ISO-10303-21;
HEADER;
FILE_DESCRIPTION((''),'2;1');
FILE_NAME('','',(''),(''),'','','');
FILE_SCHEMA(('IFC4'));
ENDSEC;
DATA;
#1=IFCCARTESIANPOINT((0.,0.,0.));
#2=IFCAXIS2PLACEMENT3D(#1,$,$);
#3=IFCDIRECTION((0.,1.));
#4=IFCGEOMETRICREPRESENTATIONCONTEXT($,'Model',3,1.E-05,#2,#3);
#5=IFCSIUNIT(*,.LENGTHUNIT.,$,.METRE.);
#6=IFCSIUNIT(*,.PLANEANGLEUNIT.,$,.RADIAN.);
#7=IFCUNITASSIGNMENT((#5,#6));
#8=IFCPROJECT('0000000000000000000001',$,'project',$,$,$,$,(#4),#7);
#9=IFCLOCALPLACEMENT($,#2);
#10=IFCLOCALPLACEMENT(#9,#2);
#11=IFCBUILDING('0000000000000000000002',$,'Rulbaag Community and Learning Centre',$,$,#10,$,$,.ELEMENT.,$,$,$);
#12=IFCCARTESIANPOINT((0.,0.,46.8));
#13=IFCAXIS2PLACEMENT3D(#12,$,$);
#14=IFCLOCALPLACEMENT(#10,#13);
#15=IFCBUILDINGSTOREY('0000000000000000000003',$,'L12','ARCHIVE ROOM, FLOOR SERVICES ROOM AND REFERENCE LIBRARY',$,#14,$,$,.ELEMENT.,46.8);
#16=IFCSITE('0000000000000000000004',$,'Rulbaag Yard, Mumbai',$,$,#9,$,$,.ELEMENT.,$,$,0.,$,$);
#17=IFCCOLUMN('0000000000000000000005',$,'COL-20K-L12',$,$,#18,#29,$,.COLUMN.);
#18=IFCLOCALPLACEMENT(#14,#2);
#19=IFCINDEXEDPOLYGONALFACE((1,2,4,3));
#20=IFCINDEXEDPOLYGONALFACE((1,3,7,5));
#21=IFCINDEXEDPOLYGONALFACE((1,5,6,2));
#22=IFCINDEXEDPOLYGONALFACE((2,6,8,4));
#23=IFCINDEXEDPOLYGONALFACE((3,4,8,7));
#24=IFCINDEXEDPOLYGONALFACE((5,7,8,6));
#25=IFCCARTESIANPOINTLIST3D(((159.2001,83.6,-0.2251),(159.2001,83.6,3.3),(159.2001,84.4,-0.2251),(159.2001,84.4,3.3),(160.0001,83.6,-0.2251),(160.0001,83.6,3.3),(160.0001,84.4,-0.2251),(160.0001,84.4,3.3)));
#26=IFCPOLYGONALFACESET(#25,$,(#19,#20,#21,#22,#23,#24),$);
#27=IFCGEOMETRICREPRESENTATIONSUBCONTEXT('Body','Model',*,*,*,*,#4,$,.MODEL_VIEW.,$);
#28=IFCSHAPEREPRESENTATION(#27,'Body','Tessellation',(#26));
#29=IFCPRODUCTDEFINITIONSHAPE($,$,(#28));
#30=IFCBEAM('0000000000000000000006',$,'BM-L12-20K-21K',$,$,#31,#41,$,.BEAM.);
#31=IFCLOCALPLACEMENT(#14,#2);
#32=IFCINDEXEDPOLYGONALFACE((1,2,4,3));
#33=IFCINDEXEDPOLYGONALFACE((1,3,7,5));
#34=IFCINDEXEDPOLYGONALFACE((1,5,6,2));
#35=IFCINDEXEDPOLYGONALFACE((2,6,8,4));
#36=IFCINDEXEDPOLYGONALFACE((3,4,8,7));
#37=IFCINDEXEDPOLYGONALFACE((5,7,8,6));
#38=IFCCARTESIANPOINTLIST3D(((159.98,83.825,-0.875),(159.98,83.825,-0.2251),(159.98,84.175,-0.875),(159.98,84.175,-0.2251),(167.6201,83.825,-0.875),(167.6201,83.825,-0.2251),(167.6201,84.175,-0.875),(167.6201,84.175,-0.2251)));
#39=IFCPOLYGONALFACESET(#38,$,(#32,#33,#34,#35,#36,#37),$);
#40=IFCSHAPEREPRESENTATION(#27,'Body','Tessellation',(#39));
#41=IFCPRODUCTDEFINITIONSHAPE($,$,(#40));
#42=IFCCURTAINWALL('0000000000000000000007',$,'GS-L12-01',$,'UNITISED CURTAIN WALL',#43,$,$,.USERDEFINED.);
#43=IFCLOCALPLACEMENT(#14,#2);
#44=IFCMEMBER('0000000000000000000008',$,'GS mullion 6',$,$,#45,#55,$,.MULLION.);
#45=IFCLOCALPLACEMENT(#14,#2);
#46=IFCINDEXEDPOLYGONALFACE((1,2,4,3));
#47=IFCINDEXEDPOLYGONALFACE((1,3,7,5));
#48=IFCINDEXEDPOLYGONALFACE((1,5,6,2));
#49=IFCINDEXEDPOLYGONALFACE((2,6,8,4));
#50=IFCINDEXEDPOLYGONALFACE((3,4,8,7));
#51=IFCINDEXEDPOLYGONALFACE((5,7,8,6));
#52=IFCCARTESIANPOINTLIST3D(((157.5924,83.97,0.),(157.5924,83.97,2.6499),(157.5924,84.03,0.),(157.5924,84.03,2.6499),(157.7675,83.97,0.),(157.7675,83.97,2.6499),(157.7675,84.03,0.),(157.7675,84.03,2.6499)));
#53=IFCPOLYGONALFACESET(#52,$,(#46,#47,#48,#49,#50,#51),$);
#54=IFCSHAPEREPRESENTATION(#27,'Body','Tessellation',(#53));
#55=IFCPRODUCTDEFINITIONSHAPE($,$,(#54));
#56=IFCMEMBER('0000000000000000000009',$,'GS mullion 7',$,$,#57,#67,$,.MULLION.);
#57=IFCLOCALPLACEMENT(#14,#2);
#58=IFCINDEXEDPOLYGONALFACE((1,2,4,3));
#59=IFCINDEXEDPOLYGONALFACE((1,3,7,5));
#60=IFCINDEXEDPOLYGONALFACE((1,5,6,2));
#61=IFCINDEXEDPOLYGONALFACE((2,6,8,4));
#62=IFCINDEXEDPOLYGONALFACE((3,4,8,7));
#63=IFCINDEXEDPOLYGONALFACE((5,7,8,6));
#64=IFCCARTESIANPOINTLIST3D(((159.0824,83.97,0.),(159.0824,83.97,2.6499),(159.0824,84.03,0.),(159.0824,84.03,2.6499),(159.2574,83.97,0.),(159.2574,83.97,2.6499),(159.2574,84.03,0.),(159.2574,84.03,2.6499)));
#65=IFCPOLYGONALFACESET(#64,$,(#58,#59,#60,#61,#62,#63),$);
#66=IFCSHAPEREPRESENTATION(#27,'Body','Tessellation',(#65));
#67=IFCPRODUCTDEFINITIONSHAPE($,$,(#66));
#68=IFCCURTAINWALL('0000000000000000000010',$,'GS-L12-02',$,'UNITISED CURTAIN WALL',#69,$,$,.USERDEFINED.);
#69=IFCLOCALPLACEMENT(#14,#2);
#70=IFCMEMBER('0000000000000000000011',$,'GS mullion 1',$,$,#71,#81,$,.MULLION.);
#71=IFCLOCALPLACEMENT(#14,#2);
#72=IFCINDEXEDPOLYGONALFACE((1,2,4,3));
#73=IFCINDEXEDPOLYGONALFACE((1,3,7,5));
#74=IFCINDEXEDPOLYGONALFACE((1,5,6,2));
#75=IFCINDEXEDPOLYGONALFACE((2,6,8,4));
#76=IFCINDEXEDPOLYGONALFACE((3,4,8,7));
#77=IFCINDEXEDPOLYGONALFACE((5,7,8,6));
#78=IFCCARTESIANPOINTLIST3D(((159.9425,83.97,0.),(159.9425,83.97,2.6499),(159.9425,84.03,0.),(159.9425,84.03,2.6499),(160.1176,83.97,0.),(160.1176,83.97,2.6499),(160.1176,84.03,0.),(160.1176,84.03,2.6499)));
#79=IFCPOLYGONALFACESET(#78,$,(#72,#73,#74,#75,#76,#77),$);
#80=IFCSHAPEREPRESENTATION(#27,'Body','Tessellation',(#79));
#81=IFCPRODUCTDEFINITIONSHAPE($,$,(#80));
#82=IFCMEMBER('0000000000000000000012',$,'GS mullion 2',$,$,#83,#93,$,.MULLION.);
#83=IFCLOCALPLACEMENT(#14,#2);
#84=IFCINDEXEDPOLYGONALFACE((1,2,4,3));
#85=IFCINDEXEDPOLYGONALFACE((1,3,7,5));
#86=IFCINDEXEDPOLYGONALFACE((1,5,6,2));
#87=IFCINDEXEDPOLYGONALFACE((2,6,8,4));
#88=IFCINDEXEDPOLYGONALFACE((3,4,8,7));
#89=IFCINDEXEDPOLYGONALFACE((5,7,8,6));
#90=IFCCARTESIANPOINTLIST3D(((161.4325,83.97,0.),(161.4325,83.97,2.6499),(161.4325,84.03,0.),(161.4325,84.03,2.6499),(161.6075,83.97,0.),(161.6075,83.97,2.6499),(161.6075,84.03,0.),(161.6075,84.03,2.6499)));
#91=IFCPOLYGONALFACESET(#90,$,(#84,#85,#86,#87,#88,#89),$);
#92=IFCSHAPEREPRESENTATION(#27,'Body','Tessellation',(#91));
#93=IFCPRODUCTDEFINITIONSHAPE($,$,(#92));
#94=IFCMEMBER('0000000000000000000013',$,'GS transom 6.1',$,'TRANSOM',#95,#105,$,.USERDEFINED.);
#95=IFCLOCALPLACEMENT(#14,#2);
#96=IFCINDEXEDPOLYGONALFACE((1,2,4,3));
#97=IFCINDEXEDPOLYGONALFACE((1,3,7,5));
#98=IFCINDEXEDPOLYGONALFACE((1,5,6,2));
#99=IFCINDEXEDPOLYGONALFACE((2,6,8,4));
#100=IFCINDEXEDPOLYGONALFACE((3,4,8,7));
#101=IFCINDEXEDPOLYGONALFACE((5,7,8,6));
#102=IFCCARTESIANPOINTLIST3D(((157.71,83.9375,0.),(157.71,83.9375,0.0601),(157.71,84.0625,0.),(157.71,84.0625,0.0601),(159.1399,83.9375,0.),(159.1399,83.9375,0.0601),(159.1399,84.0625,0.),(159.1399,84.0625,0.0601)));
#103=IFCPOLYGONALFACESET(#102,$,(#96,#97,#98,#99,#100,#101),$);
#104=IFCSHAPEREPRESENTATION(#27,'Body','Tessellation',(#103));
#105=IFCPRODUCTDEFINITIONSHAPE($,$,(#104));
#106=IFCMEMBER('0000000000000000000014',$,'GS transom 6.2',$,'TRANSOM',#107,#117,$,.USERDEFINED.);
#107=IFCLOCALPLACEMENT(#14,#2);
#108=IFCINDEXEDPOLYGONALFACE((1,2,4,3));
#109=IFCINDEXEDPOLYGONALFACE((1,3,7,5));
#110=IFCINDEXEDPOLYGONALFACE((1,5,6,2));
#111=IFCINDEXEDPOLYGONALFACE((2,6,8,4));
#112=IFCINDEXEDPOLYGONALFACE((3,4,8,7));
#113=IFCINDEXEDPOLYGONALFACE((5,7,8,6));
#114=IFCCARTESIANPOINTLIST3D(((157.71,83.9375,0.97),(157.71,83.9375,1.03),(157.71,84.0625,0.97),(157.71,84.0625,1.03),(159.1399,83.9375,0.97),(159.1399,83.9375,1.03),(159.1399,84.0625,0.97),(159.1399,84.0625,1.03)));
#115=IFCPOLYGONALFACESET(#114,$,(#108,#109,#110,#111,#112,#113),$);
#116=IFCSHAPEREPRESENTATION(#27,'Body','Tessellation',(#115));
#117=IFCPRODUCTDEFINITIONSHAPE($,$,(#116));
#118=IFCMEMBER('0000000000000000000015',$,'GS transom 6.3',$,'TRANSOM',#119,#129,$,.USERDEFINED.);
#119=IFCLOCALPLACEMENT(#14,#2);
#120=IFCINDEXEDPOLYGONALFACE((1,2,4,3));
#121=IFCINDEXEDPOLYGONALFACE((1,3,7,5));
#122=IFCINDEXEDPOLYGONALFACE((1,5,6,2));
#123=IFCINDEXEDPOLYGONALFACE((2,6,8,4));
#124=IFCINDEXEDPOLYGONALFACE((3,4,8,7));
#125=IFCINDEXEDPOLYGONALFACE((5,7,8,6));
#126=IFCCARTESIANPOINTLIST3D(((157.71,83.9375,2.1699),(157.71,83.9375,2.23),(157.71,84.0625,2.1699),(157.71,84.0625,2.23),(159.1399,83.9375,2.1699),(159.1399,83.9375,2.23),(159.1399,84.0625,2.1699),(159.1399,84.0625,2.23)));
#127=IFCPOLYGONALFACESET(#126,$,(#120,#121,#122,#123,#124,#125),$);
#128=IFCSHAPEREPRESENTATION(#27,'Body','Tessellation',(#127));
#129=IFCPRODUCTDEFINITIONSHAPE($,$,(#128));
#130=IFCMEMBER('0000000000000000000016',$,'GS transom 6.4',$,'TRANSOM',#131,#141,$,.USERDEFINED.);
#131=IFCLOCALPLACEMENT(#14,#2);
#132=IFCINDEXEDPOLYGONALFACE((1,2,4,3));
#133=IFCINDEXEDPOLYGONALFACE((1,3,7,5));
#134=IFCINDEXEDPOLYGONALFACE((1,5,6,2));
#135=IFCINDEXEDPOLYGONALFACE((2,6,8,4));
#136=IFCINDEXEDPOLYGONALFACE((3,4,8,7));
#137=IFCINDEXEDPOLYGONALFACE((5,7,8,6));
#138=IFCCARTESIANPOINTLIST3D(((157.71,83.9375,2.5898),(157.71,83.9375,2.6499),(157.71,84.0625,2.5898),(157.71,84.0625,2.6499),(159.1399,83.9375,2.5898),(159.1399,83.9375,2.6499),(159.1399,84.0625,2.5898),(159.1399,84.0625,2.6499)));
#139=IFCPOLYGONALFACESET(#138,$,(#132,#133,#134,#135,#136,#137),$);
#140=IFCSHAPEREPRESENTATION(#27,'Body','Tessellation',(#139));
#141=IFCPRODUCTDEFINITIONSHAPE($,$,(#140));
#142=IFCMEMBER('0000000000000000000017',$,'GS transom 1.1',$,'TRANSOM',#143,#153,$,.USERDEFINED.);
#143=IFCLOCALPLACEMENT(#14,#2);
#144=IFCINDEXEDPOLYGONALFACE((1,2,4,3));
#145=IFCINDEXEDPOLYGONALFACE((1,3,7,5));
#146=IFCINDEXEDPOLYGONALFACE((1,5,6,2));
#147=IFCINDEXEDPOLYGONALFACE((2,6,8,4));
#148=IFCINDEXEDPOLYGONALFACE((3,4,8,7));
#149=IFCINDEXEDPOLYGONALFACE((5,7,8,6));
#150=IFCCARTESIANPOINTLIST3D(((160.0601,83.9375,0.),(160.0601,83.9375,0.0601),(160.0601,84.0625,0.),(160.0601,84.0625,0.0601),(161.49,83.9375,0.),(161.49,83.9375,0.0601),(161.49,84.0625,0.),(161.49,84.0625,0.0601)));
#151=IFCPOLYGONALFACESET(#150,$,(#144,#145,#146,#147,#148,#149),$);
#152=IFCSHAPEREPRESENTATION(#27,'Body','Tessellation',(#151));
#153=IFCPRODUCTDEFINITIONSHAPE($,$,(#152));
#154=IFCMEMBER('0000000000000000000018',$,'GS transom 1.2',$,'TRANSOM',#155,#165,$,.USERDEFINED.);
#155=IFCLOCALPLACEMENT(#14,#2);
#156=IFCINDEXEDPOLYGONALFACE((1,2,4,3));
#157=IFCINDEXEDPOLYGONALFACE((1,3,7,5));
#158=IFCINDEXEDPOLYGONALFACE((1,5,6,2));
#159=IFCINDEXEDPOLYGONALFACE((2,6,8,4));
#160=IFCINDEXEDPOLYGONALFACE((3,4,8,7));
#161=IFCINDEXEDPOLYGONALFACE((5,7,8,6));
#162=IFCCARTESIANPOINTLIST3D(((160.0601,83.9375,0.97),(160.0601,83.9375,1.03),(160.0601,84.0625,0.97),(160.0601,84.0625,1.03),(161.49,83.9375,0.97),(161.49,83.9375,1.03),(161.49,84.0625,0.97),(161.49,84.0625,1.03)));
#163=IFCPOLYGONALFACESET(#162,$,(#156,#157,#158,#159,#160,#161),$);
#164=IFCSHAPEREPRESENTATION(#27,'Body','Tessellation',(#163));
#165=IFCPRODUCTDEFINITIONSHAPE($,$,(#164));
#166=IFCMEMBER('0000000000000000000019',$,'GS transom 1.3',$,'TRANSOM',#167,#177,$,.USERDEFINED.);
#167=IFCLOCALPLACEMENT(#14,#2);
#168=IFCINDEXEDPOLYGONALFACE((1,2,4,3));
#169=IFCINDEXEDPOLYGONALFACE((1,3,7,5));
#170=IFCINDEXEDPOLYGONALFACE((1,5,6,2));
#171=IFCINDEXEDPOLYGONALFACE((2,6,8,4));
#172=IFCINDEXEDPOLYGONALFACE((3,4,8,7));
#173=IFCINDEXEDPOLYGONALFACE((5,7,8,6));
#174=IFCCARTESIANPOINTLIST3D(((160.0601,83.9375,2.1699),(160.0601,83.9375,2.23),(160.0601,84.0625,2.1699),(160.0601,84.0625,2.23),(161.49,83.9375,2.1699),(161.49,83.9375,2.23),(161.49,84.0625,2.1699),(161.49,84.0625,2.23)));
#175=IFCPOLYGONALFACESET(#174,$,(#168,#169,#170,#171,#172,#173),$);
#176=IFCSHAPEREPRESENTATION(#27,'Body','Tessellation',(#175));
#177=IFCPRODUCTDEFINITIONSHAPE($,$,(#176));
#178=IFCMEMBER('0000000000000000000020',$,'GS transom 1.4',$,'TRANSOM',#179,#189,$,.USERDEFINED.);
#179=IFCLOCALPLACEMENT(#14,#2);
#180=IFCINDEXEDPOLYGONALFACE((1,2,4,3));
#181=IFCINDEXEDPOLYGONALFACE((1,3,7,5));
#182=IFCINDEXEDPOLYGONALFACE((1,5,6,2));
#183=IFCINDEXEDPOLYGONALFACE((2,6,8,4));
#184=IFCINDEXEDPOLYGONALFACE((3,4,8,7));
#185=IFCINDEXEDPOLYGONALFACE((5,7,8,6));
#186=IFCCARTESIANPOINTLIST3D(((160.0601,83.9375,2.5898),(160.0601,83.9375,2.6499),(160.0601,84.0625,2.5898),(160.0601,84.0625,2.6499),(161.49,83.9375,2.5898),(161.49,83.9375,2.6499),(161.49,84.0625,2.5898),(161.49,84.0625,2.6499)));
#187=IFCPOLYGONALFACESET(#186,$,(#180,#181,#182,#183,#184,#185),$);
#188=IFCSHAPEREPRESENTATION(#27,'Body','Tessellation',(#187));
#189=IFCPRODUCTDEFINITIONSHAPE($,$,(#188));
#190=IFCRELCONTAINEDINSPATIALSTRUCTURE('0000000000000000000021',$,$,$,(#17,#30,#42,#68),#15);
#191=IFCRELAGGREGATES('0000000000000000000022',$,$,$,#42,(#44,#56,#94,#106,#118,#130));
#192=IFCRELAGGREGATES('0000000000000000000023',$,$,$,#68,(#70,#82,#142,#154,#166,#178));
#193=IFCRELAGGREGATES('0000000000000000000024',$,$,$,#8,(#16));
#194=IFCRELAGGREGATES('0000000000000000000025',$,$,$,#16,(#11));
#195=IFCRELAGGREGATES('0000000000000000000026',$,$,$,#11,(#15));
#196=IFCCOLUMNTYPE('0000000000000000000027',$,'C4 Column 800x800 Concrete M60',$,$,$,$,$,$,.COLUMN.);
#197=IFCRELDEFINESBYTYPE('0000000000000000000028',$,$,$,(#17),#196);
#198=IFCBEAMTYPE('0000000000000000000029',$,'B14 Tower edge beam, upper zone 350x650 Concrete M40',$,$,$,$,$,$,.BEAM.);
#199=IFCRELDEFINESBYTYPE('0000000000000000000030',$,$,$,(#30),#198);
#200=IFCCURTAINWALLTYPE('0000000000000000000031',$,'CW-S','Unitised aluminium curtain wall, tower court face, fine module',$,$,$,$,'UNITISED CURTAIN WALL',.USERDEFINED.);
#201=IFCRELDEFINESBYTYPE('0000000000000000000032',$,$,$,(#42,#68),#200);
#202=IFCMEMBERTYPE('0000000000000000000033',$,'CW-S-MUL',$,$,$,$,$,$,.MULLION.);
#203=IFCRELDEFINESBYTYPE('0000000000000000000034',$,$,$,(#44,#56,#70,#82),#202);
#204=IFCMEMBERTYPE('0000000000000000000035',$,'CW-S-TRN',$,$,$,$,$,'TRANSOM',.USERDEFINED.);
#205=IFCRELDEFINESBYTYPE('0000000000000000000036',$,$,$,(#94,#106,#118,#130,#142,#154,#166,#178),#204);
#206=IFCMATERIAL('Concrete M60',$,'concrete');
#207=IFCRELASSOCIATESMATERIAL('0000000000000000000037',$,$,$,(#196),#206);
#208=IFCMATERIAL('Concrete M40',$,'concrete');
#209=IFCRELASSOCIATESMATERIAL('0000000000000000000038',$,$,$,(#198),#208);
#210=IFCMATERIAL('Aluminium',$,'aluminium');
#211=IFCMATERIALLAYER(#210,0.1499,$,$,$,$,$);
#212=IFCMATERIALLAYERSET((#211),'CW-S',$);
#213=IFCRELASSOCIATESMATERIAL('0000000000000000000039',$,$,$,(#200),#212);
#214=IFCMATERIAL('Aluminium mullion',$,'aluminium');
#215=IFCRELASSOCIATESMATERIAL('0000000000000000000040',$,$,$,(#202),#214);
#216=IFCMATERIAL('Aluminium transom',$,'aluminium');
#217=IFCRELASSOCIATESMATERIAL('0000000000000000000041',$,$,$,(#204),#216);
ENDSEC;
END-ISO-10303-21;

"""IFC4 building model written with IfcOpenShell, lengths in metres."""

from ifc_helpers import new_model, si_unit, direction, frame, origin, origin_2d, place, context, subcontext, project, spatial, rectangle, extrude, material, layer, layer_set, material_profile, profile_set, type_object, element, aggregate, save


model = new_model("IFC4")

# Units and contexts
model_context = context("Model", 3, precision=1e-05, world=origin(), true_north=direction((0.0, 1.0)))
body_context = subcontext(model_context, "Body", "Model", "MODEL_VIEW")
ifc_project = project(units=[si_unit("LENGTHUNIT", "METRE"), si_unit("PLANEANGLEUNIT", "RADIAN")], contexts=[model_context])

# Site, building, storey
site_placement = place(None, origin())
site = spatial("IfcSite", under=ifc_project, at=site_placement, Name="Rulbaag Yard, Mumbai", CompositionType="ELEMENT", RefElevation=0.0)
building_placement = place(site_placement, origin())
building = spatial("IfcBuilding", under=site, at=building_placement, Name="Rulbaag Community and Learning Centre", CompositionType="ELEMENT")
storey_placement = place(building_placement, frame((0.0, 0.0, 46.8)))
storey = spatial("IfcBuildingStorey", under=building, at=storey_placement, Name="L12", Description="ARCHIVE ROOM, FLOOR SERVICES ROOM AND REFERENCE LIBRARY", CompositionType="ELEMENT", Elevation=46.8)

# Column
ifc_material_1 = material(Name="Concrete M60", Category="concrete")
ifc_material_profile_1 = material_profile(ifc_material_1, rectangle(XDim=0.8, YDim=0.8, at=origin_2d()), Name="RC800x800")
ifc_profile_set_1 = profile_set([ifc_material_profile_1], Name="Concrete M60")
column_type = type_object("IfcColumnType", Name="C4 Column 800x800 Concrete M60", PredefinedType="COLUMN", material=ifc_profile_set_1)
column_placement = place(storey_placement, frame((159.6001, 84.0, -0.2251), z_axis=(0.0, 0.0, 1.0), x_axis=(1.0, 0.0, 0.0)))
element("IfcColumn", 1, at=column_placement, inside=storey, type_object=column_type, Name="COL-20K-L12", PredefinedType="COLUMN", context=body_context, shape_type="SweptSolid", body=[
    extrude(rectangle(XDim=0.8, YDim=0.8, at=origin_2d()), origin(), (0.0, 0.0, 1.0), 3.5251),
])

# Beam
ifc_material_2 = material(Name="Concrete M40", Category="concrete")
ifc_material_profile_2 = material_profile(ifc_material_2, rectangle(XDim=0.3501, YDim=0.6499, at=origin_2d()), Name="RB350x650")
ifc_profile_set_2 = profile_set([ifc_material_profile_2], Name="Concrete M40")
beam_type = type_object("IfcBeamType", Name="B14 Tower edge beam, upper zone 350x650 Concrete M40", PredefinedType="BEAM", material=ifc_profile_set_2)
beam_placement = place(storey_placement, frame((159.98, 84.0, -0.55), z_axis=(1.0, 0.0, 0.0), x_axis=(0.0, 1.0, 0.0)))
element("IfcBeam", 2, at=beam_placement, inside=storey, type_object=beam_type, Name="BM-L12-20K-21K", PredefinedType="BEAM", context=body_context, shape_type="SweptSolid", body=[
    extrude(rectangle(XDim=0.3501, YDim=0.6499, at=origin_2d()), origin(), (0.0, 0.0, 1.0), 7.6401),
])

# Curtain walls, members
ifc_material_3 = material(Name="Aluminium", Category="aluminium")
ifc_layer_1 = layer(ifc_material_3, 0.1499)
ifc_layer_set_1 = layer_set([ifc_layer_1], Name="CW-S")
curtain_wall_type = type_object("IfcCurtainWallType", Name="CW-S", Description="Unitised aluminium curtain wall, tower court face, fine module", ElementType="UNITISED CURTAIN WALL", PredefinedType="USERDEFINED", material=ifc_layer_set_1)
curtain_wall_1_placement = place(storey_placement, origin())
curtain_wall_1 = element("IfcCurtainWall", 3, at=curtain_wall_1_placement, inside=storey, type_object=curtain_wall_type, Name="GS-L12-01", ObjectType="UNITISED CURTAIN WALL", PredefinedType="USERDEFINED")
ifc_material_4 = material(Name="Aluminium mullion", Category="aluminium")
ifc_material_profile_3 = material_profile(ifc_material_4, rectangle(XDim=0.0601, YDim=0.175, at=origin_2d()), Name="AL 60x175")
ifc_profile_set_3 = profile_set([ifc_material_profile_3], Name="Aluminium mullion")
member_type_1 = type_object("IfcMemberType", Name="CW-S-MUL", PredefinedType="MULLION", material=ifc_profile_set_3)
member_1_placement = place(storey_placement, frame((157.6799, 84.0, 0.0), z_axis=(0.0, 0.0, 1.0), x_axis=(0.0, 1.0, 0.0)))
member_1 = element("IfcMember", 4, at=member_1_placement, type_object=member_type_1, Name="GS mullion 6", PredefinedType="MULLION", context=body_context, shape_type="SweptSolid", body=[
    extrude(rectangle(XDim=0.0601, YDim=0.175, at=origin_2d()), origin(), (0.0, 0.0, 1.0), 2.6499),
])
member_2_placement = place(storey_placement, frame((159.1699, 84.0, 0.0), z_axis=(0.0, 0.0, 1.0), x_axis=(0.0, 1.0, 0.0)))
member_2 = element("IfcMember", 5, at=member_2_placement, type_object=member_type_1, Name="GS mullion 7", PredefinedType="MULLION", context=body_context, shape_type="SweptSolid", body=[
    extrude(rectangle(XDim=0.0601, YDim=0.175, at=origin_2d()), origin(), (0.0, 0.0, 1.0), 2.6499),
])
curtain_wall_2_placement = place(storey_placement, origin())
curtain_wall_2 = element("IfcCurtainWall", 6, at=curtain_wall_2_placement, inside=storey, type_object=curtain_wall_type, Name="GS-L12-02", ObjectType="UNITISED CURTAIN WALL", PredefinedType="USERDEFINED")
member_3_placement = place(storey_placement, frame((160.03, 84.0, 0.0), z_axis=(0.0, 0.0, 1.0), x_axis=(0.0, 1.0, 0.0)))
member_3 = element("IfcMember", 7, at=member_3_placement, type_object=member_type_1, Name="GS mullion 1", PredefinedType="MULLION", context=body_context, shape_type="SweptSolid", body=[
    extrude(rectangle(XDim=0.0601, YDim=0.175, at=origin_2d()), origin(), (0.0, 0.0, 1.0), 2.6499),
])
member_4_placement = place(storey_placement, frame((161.52, 84.0, 0.0), z_axis=(0.0, 0.0, 1.0), x_axis=(0.0, 1.0, 0.0)))
member_4 = element("IfcMember", 8, at=member_4_placement, type_object=member_type_1, Name="GS mullion 2", PredefinedType="MULLION", context=body_context, shape_type="SweptSolid", body=[
    extrude(rectangle(XDim=0.0601, YDim=0.175, at=origin_2d()), origin(), (0.0, 0.0, 1.0), 2.6499),
])

# Members
ifc_material_5 = material(Name="Aluminium transom", Category="aluminium")
ifc_material_profile_4 = material_profile(ifc_material_5, rectangle(XDim=0.125, YDim=0.0601, at=origin_2d()), Name="AL 60x125 T")
ifc_profile_set_4 = profile_set([ifc_material_profile_4], Name="Aluminium transom")
member_type_2 = type_object("IfcMemberType", Name="CW-S-TRN", ElementType="TRANSOM", PredefinedType="USERDEFINED", material=ifc_profile_set_4)
member_5_placement = place(storey_placement, frame((157.71, 84.0, 0.03), z_axis=(1.0, 0.0, 0.0), x_axis=(0.0, 1.0, 0.0)))
member_5 = element("IfcMember", 9, at=member_5_placement, type_object=member_type_2, Name="GS transom 6.1", ObjectType="TRANSOM", PredefinedType="USERDEFINED", context=body_context, shape_type="SweptSolid", body=[
    extrude(rectangle(XDim=0.125, YDim=0.0601, at=origin_2d()), origin(), (0.0, 0.0, 1.0), 1.4299),
])
member_6_placement = place(storey_placement, frame((157.71, 84.0, 1.0), z_axis=(1.0, 0.0, 0.0), x_axis=(0.0, 1.0, 0.0)))
member_6 = element("IfcMember", 10, at=member_6_placement, type_object=member_type_2, Name="GS transom 6.2", ObjectType="TRANSOM", PredefinedType="USERDEFINED", context=body_context, shape_type="SweptSolid", body=[
    extrude(rectangle(XDim=0.125, YDim=0.0601, at=origin_2d()), origin(), (0.0, 0.0, 1.0), 1.4299),
])
member_7_placement = place(storey_placement, frame((157.71, 84.0, 2.2), z_axis=(1.0, 0.0, 0.0), x_axis=(0.0, 1.0, 0.0)))
member_7 = element("IfcMember", 11, at=member_7_placement, type_object=member_type_2, Name="GS transom 6.3", ObjectType="TRANSOM", PredefinedType="USERDEFINED", context=body_context, shape_type="SweptSolid", body=[
    extrude(rectangle(XDim=0.125, YDim=0.0601, at=origin_2d()), origin(), (0.0, 0.0, 1.0), 1.4299),
])
member_8_placement = place(storey_placement, frame((157.71, 84.0, 2.6199), z_axis=(1.0, 0.0, 0.0), x_axis=(0.0, 1.0, 0.0)))
member_8 = element("IfcMember", 12, at=member_8_placement, type_object=member_type_2, Name="GS transom 6.4", ObjectType="TRANSOM", PredefinedType="USERDEFINED", context=body_context, shape_type="SweptSolid", body=[
    extrude(rectangle(XDim=0.125, YDim=0.0601, at=origin_2d()), origin(), (0.0, 0.0, 1.0), 1.4299),
])
member_9_placement = place(storey_placement, frame((160.0601, 84.0, 0.03), z_axis=(1.0, 0.0, 0.0), x_axis=(0.0, 1.0, 0.0)))
member_9 = element("IfcMember", 13, at=member_9_placement, type_object=member_type_2, Name="GS transom 1.1", ObjectType="TRANSOM", PredefinedType="USERDEFINED", context=body_context, shape_type="SweptSolid", body=[
    extrude(rectangle(XDim=0.125, YDim=0.0601, at=origin_2d()), origin(), (0.0, 0.0, 1.0), 1.4299),
])
member_10_placement = place(storey_placement, frame((160.0601, 84.0, 1.0), z_axis=(1.0, 0.0, 0.0), x_axis=(0.0, 1.0, 0.0)))
member_10 = element("IfcMember", 14, at=member_10_placement, type_object=member_type_2, Name="GS transom 1.2", ObjectType="TRANSOM", PredefinedType="USERDEFINED", context=body_context, shape_type="SweptSolid", body=[
    extrude(rectangle(XDim=0.125, YDim=0.0601, at=origin_2d()), origin(), (0.0, 0.0, 1.0), 1.4299),
])
member_11_placement = place(storey_placement, frame((160.0601, 84.0, 2.2), z_axis=(1.0, 0.0, 0.0), x_axis=(0.0, 1.0, 0.0)))
member_11 = element("IfcMember", 15, at=member_11_placement, type_object=member_type_2, Name="GS transom 1.3", ObjectType="TRANSOM", PredefinedType="USERDEFINED", context=body_context, shape_type="SweptSolid", body=[
    extrude(rectangle(XDim=0.125, YDim=0.0601, at=origin_2d()), origin(), (0.0, 0.0, 1.0), 1.4299),
])
member_12_placement = place(storey_placement, frame((160.0601, 84.0, 2.6199), z_axis=(1.0, 0.0, 0.0), x_axis=(0.0, 1.0, 0.0)))
member_12 = element("IfcMember", 16, at=member_12_placement, type_object=member_type_2, Name="GS transom 1.4", ObjectType="TRANSOM", PredefinedType="USERDEFINED", context=body_context, shape_type="SweptSolid", body=[
    extrude(rectangle(XDim=0.125, YDim=0.0601, at=origin_2d()), origin(), (0.0, 0.0, 1.0), 1.4299),
])

aggregate(curtain_wall_1, [member_1, member_2, member_5, member_6, member_7, member_8])
aggregate(curtain_wall_2, [member_3, member_4, member_9, member_10, member_11, member_12])

save(model, "model.ifc")
